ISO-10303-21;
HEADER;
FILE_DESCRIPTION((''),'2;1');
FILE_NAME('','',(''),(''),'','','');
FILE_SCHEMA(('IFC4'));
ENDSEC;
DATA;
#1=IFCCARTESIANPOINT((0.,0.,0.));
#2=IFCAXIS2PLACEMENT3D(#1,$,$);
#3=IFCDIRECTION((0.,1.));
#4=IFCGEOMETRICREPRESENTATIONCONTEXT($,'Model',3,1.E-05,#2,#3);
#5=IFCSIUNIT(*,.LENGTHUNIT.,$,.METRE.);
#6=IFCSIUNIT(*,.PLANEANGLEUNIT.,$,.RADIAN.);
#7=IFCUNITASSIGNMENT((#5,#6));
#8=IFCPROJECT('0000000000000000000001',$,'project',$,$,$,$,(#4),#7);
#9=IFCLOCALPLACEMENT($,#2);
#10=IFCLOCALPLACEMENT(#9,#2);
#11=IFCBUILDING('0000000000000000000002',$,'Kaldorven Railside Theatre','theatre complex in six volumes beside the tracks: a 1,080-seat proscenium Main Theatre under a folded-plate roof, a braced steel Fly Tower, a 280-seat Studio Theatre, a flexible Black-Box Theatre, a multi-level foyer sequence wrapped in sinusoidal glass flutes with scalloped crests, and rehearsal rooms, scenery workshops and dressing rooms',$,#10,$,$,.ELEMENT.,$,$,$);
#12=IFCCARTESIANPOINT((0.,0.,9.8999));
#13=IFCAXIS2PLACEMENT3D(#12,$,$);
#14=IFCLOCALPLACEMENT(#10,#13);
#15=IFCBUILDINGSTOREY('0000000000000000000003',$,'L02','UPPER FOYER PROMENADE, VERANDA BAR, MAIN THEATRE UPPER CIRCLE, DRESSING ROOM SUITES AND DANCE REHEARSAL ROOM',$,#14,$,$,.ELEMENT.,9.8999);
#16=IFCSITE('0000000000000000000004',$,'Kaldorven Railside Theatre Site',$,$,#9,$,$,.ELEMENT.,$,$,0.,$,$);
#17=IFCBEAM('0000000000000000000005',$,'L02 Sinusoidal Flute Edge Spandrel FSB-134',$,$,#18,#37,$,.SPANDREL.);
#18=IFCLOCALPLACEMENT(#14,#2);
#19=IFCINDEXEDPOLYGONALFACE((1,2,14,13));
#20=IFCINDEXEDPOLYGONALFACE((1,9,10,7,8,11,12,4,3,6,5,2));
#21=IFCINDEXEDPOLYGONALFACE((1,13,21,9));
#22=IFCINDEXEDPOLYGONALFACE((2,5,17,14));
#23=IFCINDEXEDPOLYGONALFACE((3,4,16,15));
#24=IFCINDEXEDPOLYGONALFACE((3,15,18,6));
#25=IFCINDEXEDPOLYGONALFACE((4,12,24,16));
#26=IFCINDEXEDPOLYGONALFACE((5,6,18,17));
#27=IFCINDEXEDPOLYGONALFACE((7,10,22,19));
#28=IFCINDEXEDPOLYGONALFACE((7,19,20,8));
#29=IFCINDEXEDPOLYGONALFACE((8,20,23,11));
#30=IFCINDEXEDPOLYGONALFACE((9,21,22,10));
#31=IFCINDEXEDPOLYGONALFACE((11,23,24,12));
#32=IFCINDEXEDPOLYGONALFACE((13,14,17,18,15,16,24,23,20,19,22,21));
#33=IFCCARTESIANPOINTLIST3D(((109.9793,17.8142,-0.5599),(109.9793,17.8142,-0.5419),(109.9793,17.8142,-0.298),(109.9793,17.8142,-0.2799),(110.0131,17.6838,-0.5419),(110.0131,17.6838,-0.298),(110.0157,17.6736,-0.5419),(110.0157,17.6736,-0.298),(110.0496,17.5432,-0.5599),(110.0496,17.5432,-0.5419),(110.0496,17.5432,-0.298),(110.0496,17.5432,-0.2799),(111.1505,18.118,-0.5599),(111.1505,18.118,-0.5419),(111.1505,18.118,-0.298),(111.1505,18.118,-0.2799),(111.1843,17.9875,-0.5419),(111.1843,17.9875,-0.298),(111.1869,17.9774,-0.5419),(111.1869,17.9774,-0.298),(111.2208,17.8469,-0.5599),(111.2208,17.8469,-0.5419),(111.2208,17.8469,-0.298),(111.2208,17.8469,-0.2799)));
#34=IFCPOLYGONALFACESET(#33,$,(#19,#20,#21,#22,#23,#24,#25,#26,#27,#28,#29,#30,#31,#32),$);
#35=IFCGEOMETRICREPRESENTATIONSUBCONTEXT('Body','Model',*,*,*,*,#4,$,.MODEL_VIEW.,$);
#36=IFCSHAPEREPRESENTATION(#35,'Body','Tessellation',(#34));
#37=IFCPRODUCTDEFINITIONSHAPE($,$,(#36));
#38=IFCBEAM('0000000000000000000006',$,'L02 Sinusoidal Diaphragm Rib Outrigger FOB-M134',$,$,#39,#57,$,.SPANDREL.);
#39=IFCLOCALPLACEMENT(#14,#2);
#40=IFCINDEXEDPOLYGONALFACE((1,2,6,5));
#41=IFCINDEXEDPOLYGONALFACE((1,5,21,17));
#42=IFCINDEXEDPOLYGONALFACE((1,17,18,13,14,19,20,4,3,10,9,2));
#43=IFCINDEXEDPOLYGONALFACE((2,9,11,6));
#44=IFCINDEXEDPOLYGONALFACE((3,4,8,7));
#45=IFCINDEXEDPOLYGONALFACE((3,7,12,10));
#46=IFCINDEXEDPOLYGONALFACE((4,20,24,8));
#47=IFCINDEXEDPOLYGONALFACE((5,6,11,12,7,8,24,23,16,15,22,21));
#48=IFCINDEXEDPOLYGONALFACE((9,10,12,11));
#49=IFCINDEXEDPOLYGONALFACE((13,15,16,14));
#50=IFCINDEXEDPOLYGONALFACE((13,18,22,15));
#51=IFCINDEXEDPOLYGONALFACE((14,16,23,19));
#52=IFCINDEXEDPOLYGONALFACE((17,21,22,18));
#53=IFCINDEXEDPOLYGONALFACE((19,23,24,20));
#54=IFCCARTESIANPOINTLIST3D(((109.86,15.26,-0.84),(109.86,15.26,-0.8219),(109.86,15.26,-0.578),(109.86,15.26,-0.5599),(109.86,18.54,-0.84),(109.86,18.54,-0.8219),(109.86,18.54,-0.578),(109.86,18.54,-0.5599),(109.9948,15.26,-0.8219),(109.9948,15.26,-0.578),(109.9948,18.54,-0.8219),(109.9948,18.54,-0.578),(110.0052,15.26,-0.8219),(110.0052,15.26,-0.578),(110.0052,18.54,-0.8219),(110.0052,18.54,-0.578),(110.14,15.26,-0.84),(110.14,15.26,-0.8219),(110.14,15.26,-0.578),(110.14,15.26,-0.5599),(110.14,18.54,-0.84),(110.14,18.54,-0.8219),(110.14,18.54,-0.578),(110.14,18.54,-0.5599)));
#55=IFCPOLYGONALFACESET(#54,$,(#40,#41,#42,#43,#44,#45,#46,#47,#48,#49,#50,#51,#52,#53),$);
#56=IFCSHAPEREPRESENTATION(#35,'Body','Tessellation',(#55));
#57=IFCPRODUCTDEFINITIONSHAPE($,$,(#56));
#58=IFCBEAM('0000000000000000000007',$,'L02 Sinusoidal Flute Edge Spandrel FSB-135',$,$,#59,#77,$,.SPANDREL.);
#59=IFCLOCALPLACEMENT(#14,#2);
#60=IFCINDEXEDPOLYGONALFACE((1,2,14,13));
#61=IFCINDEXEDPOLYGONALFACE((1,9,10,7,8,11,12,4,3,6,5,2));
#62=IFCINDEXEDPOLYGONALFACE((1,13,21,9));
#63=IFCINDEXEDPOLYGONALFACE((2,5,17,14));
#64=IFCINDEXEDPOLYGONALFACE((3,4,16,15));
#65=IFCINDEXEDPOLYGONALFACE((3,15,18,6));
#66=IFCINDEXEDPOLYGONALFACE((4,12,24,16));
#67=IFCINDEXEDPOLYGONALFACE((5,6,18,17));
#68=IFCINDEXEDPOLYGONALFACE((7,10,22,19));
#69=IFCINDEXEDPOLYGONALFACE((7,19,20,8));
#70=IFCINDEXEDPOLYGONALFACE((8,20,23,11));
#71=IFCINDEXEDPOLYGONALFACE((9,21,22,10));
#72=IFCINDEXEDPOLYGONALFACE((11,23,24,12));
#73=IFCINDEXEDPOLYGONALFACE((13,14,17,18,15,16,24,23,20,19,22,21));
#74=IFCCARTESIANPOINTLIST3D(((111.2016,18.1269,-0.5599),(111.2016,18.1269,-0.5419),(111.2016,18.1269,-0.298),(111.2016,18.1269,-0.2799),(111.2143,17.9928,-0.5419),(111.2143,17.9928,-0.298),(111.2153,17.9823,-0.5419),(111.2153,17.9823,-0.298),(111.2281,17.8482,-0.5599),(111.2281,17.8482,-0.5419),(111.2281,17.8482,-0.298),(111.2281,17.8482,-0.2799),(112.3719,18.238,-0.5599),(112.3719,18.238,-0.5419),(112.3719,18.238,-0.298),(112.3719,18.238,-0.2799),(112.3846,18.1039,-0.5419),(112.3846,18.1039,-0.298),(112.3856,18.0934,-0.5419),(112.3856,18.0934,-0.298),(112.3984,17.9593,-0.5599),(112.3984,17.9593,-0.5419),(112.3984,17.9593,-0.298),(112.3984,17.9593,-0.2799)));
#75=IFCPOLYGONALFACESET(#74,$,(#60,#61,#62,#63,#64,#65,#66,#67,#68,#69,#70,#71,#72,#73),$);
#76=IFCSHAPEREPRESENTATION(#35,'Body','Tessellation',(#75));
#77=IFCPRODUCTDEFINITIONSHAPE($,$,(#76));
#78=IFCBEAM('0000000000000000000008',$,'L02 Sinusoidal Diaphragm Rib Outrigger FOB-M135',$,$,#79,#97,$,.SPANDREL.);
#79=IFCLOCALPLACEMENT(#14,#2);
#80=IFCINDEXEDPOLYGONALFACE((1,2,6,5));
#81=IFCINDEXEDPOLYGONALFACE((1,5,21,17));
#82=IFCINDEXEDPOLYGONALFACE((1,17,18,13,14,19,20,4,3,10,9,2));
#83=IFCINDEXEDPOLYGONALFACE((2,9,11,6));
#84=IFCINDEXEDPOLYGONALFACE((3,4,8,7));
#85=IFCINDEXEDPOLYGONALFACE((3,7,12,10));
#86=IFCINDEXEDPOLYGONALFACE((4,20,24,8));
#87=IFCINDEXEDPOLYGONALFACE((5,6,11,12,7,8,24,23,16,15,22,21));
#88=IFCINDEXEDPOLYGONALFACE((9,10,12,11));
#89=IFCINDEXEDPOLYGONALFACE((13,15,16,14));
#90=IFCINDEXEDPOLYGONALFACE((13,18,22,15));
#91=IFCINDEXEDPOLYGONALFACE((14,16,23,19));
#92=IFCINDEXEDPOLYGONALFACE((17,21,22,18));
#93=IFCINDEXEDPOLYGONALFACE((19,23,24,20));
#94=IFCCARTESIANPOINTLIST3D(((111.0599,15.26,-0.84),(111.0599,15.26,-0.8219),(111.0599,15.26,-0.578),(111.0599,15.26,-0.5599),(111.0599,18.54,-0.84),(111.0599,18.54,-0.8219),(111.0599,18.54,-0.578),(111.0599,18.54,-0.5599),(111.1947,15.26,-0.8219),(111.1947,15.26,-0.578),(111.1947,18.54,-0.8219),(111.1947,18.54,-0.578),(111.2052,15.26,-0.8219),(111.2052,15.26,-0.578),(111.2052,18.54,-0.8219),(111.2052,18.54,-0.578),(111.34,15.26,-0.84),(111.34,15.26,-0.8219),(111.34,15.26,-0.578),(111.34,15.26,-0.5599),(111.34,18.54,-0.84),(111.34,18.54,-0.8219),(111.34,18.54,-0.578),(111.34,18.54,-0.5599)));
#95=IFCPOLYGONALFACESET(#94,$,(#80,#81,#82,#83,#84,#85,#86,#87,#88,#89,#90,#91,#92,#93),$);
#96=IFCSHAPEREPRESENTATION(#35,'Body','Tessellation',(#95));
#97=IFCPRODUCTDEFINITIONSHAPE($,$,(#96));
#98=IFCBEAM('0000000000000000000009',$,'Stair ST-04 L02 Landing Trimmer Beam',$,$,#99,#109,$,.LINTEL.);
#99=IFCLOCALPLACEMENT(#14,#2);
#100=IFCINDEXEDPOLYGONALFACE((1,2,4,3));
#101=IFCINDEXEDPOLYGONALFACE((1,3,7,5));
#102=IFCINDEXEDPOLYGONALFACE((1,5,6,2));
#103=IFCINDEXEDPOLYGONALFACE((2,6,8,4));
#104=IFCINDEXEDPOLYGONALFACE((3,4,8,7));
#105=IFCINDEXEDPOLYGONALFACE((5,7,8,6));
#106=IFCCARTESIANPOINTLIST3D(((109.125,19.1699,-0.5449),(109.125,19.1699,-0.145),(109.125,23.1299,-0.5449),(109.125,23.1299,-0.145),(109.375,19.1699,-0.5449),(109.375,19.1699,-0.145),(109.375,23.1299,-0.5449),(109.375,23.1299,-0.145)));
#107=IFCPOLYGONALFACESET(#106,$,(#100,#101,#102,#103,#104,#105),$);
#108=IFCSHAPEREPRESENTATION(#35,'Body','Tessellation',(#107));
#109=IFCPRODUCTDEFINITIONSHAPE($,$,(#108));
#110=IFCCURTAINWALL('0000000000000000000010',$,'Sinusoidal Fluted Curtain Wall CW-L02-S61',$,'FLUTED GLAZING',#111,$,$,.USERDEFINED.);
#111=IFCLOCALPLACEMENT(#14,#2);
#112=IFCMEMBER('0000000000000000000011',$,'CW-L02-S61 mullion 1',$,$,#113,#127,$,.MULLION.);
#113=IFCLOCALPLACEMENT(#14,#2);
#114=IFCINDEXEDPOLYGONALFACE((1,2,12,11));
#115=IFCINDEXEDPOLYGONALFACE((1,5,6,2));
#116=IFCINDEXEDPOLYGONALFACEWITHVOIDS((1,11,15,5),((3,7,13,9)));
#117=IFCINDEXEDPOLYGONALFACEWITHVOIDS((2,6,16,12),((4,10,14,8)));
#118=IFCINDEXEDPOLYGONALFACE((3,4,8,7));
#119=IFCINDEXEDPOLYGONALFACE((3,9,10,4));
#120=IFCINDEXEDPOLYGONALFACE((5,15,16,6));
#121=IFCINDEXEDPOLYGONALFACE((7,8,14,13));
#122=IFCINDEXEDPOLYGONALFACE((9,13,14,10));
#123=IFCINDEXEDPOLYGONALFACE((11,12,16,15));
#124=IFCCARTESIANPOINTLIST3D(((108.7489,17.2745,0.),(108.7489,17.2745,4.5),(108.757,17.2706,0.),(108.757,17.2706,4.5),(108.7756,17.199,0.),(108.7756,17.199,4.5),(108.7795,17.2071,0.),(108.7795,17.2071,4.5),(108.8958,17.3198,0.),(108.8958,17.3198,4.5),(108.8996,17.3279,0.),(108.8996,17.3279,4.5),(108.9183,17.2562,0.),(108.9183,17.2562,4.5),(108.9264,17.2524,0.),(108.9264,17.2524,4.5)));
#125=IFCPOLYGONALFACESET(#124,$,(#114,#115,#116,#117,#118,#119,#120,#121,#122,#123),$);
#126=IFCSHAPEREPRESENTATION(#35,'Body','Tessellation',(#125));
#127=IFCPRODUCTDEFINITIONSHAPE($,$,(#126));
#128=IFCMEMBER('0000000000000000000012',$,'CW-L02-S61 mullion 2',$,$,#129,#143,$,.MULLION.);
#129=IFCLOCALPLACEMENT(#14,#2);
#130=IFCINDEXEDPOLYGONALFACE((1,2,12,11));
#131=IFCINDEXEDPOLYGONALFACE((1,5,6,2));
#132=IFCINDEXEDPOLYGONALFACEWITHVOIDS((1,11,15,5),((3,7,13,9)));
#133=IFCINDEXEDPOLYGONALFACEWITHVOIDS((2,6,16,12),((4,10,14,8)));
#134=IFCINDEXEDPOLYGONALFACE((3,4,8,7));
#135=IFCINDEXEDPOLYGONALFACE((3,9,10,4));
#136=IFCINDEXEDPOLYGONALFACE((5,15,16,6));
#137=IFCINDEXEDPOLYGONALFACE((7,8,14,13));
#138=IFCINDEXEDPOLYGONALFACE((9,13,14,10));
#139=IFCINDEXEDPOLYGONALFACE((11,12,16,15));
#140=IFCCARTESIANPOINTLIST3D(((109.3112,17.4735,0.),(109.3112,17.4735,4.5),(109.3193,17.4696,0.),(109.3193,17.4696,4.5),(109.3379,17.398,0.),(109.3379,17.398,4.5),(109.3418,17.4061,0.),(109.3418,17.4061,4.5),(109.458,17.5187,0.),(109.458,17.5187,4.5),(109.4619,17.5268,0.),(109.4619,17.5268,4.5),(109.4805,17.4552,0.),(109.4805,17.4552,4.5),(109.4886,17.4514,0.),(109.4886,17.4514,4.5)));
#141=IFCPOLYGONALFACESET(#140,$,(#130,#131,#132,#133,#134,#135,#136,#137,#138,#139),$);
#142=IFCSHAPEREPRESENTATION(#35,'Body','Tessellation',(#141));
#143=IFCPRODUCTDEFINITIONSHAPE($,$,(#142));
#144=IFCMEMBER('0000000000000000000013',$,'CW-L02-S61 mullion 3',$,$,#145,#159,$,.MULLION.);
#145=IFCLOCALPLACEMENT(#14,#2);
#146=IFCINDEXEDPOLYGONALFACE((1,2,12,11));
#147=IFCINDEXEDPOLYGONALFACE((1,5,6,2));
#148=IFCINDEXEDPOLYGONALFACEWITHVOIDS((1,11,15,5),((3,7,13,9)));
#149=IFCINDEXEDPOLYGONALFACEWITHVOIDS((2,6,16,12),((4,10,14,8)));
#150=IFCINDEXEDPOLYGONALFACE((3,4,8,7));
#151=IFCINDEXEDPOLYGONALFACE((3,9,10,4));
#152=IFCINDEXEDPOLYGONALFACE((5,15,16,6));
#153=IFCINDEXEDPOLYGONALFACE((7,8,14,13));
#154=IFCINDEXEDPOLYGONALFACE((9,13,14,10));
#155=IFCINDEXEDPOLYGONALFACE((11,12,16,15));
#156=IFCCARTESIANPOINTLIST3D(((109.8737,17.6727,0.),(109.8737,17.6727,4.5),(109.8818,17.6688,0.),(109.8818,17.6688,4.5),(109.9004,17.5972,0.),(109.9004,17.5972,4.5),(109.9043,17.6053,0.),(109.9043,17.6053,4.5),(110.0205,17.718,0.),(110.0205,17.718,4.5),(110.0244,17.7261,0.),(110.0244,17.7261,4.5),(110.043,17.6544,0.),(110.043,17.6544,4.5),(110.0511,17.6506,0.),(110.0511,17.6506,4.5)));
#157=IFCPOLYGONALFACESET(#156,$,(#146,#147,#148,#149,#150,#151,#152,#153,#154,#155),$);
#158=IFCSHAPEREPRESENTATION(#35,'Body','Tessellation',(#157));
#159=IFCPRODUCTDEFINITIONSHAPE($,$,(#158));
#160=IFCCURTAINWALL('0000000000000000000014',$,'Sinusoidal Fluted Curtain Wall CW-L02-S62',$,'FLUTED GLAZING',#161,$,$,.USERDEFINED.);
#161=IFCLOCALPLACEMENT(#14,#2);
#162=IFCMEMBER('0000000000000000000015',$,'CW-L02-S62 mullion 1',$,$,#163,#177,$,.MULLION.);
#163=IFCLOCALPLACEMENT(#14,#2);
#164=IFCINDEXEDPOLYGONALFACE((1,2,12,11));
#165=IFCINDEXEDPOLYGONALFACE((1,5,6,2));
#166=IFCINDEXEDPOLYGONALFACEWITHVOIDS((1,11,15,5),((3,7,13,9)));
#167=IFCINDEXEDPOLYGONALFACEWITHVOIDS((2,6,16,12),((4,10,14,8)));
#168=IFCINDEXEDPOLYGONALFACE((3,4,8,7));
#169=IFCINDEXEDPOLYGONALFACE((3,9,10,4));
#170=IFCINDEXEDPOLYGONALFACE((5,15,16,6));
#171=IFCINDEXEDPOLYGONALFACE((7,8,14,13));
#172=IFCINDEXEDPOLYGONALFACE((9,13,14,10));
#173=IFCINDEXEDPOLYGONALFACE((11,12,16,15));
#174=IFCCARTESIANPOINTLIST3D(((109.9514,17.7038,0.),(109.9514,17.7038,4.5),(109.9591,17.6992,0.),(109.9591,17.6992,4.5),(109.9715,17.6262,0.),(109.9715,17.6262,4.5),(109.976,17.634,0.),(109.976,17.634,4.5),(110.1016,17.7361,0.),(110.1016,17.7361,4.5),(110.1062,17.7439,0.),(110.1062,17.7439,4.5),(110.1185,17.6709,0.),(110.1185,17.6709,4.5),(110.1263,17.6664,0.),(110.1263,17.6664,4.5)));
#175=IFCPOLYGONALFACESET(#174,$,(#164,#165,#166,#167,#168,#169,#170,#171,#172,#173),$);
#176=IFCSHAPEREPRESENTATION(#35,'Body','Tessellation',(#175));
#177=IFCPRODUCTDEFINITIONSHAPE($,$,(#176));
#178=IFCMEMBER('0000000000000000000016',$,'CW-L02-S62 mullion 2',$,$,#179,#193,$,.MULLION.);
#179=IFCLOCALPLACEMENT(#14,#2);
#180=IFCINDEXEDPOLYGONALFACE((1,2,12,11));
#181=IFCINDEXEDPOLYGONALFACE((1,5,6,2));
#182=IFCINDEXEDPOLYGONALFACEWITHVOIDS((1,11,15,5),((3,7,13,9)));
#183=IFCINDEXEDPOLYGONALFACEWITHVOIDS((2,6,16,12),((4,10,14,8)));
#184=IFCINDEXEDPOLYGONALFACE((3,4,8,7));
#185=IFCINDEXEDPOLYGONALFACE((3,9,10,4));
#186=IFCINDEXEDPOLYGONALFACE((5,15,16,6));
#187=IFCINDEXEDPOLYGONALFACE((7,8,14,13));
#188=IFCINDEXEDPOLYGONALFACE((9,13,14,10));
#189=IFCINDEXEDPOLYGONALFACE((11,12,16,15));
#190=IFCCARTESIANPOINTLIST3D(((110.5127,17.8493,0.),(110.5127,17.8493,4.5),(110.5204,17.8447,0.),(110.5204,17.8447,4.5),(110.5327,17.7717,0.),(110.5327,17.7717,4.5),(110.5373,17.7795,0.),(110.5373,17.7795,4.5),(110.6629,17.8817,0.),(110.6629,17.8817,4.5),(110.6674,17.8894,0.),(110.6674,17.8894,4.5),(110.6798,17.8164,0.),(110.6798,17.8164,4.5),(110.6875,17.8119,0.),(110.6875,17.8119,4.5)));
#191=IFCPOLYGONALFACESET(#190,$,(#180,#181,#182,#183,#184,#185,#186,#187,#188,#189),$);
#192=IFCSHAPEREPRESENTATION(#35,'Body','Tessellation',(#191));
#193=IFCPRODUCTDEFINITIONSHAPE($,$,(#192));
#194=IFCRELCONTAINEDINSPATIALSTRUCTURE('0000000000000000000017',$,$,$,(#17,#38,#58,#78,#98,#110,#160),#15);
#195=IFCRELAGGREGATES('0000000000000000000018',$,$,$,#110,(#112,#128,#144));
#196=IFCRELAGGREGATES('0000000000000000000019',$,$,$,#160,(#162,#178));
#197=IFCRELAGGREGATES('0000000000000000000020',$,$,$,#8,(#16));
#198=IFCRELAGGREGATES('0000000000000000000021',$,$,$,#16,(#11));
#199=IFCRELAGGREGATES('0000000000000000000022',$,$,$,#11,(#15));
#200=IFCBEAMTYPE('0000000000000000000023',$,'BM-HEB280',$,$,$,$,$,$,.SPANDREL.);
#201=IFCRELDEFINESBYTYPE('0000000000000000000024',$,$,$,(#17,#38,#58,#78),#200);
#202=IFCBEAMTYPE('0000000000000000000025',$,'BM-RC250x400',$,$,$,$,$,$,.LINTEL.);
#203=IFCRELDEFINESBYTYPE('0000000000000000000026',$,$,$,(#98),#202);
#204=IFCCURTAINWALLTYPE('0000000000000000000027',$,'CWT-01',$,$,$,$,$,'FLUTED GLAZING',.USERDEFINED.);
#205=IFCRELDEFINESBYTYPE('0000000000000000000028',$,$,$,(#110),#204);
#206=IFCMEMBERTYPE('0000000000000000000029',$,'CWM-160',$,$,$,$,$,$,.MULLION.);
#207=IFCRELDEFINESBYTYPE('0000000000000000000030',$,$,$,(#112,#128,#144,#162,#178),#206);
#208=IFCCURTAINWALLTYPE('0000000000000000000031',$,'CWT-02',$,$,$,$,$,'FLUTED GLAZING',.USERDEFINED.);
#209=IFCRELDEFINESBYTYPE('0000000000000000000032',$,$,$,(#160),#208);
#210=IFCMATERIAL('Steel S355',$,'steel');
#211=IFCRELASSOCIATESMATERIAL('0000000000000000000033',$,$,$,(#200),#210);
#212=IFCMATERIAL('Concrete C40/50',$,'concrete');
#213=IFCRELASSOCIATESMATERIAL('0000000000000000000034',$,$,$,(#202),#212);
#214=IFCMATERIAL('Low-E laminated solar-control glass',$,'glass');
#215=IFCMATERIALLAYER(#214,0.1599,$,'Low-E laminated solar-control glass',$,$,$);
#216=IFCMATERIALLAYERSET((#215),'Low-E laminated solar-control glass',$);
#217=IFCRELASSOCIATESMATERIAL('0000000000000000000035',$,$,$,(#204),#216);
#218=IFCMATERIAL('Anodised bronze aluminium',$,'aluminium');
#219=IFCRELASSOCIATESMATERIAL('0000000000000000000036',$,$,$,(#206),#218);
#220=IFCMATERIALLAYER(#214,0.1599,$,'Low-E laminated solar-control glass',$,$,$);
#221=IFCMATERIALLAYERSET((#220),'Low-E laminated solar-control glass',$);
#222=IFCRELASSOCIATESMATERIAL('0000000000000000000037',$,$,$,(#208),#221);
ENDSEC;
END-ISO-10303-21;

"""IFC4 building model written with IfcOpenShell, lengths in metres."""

from ifc_helpers import new_model, si_unit, direction, frame, origin, origin_2d, place, context, subcontext, project, spatial, rectangle, hollow_rectangle, i_section, extrude, material, layer, layer_set, material_profile, profile_set, type_object, element, aggregate, save


model = new_model("IFC4")

# Units and contexts
model_context = context("Model", 3, precision=1e-05, world=origin(), true_north=direction((0.0, 1.0)))
body_context = subcontext(model_context, "Body", "Model", "MODEL_VIEW")
ifc_project = project(units=[si_unit("LENGTHUNIT", "METRE"), si_unit("PLANEANGLEUNIT", "RADIAN")], contexts=[model_context])

# Site, building, storey
site_placement = place(None, origin())
site = spatial("IfcSite", under=ifc_project, at=site_placement, Name="Kaldorven Railside Theatre Site", CompositionType="ELEMENT", RefElevation=0.0)
building_placement = place(site_placement, origin())
building = spatial("IfcBuilding", under=site, at=building_placement, Name="Kaldorven Railside Theatre", Description="theatre complex in six volumes beside the tracks: a 1,080-seat proscenium Main Theatre under a folded-plate roof, a braced steel Fly Tower, a 280-seat Studio Theatre, a flexible Black-Box Theatre, a multi-level foyer sequence wrapped in sinusoidal glass flutes with scalloped crests, and rehearsal rooms, scenery workshops and dressing rooms", CompositionType="ELEMENT")
storey_placement = place(building_placement, frame((0.0, 0.0, 9.8999)))
storey = spatial("IfcBuildingStorey", under=building, at=storey_placement, Name="L02", Description="UPPER FOYER PROMENADE, VERANDA BAR, MAIN THEATRE UPPER CIRCLE, DRESSING ROOM SUITES AND DANCE REHEARSAL ROOM", CompositionType="ELEMENT", Elevation=9.8999)

# Beams
ifc_material_1 = material(Name="Steel S355", Category="steel")
ifc_material_profile_1 = material_profile(ifc_material_1, i_section(OverallWidth=0.28, OverallDepth=0.28, WebThickness=0.0105, FlangeThickness=0.0181, at=origin_2d()), Name="HEB 280")
ifc_profile_set_1 = profile_set([ifc_material_profile_1], Name="Steel S355")
beam_type_1 = type_object("IfcBeamType", Name="BM-HEB280", PredefinedType="SPANDREL", material=ifc_profile_set_1)
beam_1_placement = place(storey_placement, frame((110.0144, 17.6787, -0.4199), z_axis=(0.967981, 0.251025, 0.0), x_axis=(-0.251025, 0.967981, 0.0)))
element("IfcBeam", 1, at=beam_1_placement, inside=storey, type_object=beam_type_1, Name="L02 Sinusoidal Flute Edge Spandrel FSB-134", PredefinedType="SPANDREL", context=body_context, shape_type="SweptSolid", body=[
    extrude(i_section(OverallWidth=0.28, OverallDepth=0.28, WebThickness=0.0105, FlangeThickness=0.0181, at=origin_2d()), origin(), (0.0, 0.0, 1.0), 1.21),
])
beam_2_placement = place(storey_placement, frame((110.0, 15.26, -0.7), z_axis=(0.0, 1.0, 0.0), x_axis=(-1.0, 0.0, 0.0)))
element("IfcBeam", 2, at=beam_2_placement, inside=storey, type_object=beam_type_1, Name="L02 Sinusoidal Diaphragm Rib Outrigger FOB-M134", PredefinedType="SPANDREL", context=body_context, shape_type="SweptSolid", body=[
    extrude(i_section(OverallWidth=0.28, OverallDepth=0.28, WebThickness=0.0105, FlangeThickness=0.0181, at=origin_2d()), origin(), (0.0, 0.0, 1.0), 3.28),
])
beam_3_placement = place(storey_placement, frame((111.2148, 17.9875, -0.4199), z_axis=(0.995524, 0.094505, 0.0), x_axis=(-0.094505, 0.995524, 0.0)))
element("IfcBeam", 3, at=beam_3_placement, inside=storey, type_object=beam_type_1, Name="L02 Sinusoidal Flute Edge Spandrel FSB-135", PredefinedType="SPANDREL", context=body_context, shape_type="SweptSolid", body=[
    extrude(i_section(OverallWidth=0.28, OverallDepth=0.28, WebThickness=0.0105, FlangeThickness=0.0181, at=origin_2d()), origin(), (0.0, 0.0, 1.0), 1.1755),
])
beam_4_placement = place(storey_placement, frame((111.2, 15.26, -0.7), z_axis=(0.0, 1.0, 0.0), x_axis=(-1.0, 0.0, 0.0)))
element("IfcBeam", 4, at=beam_4_placement, inside=storey, type_object=beam_type_1, Name="L02 Sinusoidal Diaphragm Rib Outrigger FOB-M135", PredefinedType="SPANDREL", context=body_context, shape_type="SweptSolid", body=[
    extrude(i_section(OverallWidth=0.28, OverallDepth=0.28, WebThickness=0.0105, FlangeThickness=0.0181, at=origin_2d()), origin(), (0.0, 0.0, 1.0), 3.28),
])
ifc_material_2 = material(Name="Concrete C40/50", Category="concrete")
ifc_material_profile_2 = material_profile(ifc_material_2, rectangle(XDim=0.25, YDim=0.3999, at=origin_2d()), Name="RC 250x400")
ifc_profile_set_2 = profile_set([ifc_material_profile_2], Name="Concrete C40/50")
beam_type_2 = type_object("IfcBeamType", Name="BM-RC250x400", PredefinedType="LINTEL", material=ifc_profile_set_2)
beam_5_placement = place(storey_placement, frame((109.25, 19.1699, -0.345), z_axis=(0.0, 1.0, 0.0), x_axis=(-1.0, 0.0, 0.0)))
element("IfcBeam", 5, at=beam_5_placement, inside=storey, type_object=beam_type_2, Name="Stair ST-04 L02 Landing Trimmer Beam", PredefinedType="LINTEL", context=body_context, shape_type="SweptSolid", body=[
    extrude(rectangle(XDim=0.25, YDim=0.3999, at=origin_2d()), origin(), (0.0, 0.0, 1.0), 3.96),
])

# Curtain walls, members
ifc_material_3 = material(Name="Low-E laminated solar-control glass", Category="glass")
ifc_layer_1 = layer(ifc_material_3, 0.1599, Name="Low-E laminated solar-control glass")
ifc_layer_set_1 = layer_set([ifc_layer_1], Name="Low-E laminated solar-control glass")
curtain_wall_type_1 = type_object("IfcCurtainWallType", Name="CWT-01", ElementType="FLUTED GLAZING", PredefinedType="USERDEFINED", material=ifc_layer_set_1)
curtain_wall_1_placement = place(storey_placement, origin())
curtain_wall_1 = element("IfcCurtainWall", 6, at=curtain_wall_1_placement, inside=storey, type_object=curtain_wall_type_1, Name="Sinusoidal Fluted Curtain Wall CW-L02-S61", ObjectType="FLUTED GLAZING", PredefinedType="USERDEFINED")
ifc_material_4 = material(Name="Anodised bronze aluminium", Category="aluminium")
ifc_material_profile_3 = material_profile(ifc_material_4, hollow_rectangle(XDim=0.0801, YDim=0.1599, WallThickness=0.0063, at=origin_2d()), Name="RHS 160x80x6.3")
ifc_profile_set_3 = profile_set([ifc_material_profile_3], Name="Anodised bronze aluminium")
member_type_1 = type_object("IfcMemberType", Name="CWM-160", PredefinedType="MULLION", material=ifc_profile_set_3)
member_1_placement = place(storey_placement, frame((108.8376, 17.2634, 0.0), z_axis=(0.0, 0.0, 1.0), x_axis=(-0.333847, 0.942627, 0.0)))
member_1 = element("IfcMember", 7, at=member_1_placement, type_object=member_type_1, Name="CW-L02-S61 mullion 1", PredefinedType="MULLION", context=body_context, shape_type="SweptSolid", body=[
    extrude(hollow_rectangle(XDim=0.0801, YDim=0.1599, WallThickness=0.0063, at=origin_2d()), origin(), (0.0, 0.0, 1.0), 4.5),
])
member_2_placement = place(storey_placement, frame((109.3999, 17.4624, 0.0), z_axis=(0.0, 0.0, 1.0), x_axis=(-0.333847, 0.942627, 0.0)))
member_2 = element("IfcMember", 8, at=member_2_placement, type_object=member_type_1, Name="CW-L02-S61 mullion 2", PredefinedType="MULLION", context=body_context, shape_type="SweptSolid", body=[
    extrude(hollow_rectangle(XDim=0.0801, YDim=0.1599, WallThickness=0.0063, at=origin_2d()), origin(), (0.0, 0.0, 1.0), 4.5),
])
member_3_placement = place(storey_placement, frame((109.9624, 17.6616, 0.0), z_axis=(0.0, 0.0, 1.0), x_axis=(-0.333847, 0.942627, 0.0)))
member_3 = element("IfcMember", 9, at=member_3_placement, type_object=member_type_1, Name="CW-L02-S61 mullion 3", PredefinedType="MULLION", context=body_context, shape_type="SweptSolid", body=[
    extrude(hollow_rectangle(XDim=0.0801, YDim=0.1599, WallThickness=0.0063, at=origin_2d()), origin(), (0.0, 0.0, 1.0), 4.5),
])
ifc_layer_2 = layer(ifc_material_3, 0.1599, Name="Low-E laminated solar-control glass")
ifc_layer_set_2 = layer_set([ifc_layer_2], Name="Low-E laminated solar-control glass")
curtain_wall_type_2 = type_object("IfcCurtainWallType", Name="CWT-02", ElementType="FLUTED GLAZING", PredefinedType="USERDEFINED", material=ifc_layer_set_2)
curtain_wall_2_placement = place(storey_placement, origin())
curtain_wall_2 = element("IfcCurtainWall", 10, at=curtain_wall_2_placement, inside=storey, type_object=curtain_wall_type_2, Name="Sinusoidal Fluted Curtain Wall CW-L02-S62", ObjectType="FLUTED GLAZING", PredefinedType="USERDEFINED")
member_4_placement = place(storey_placement, frame((110.0388, 17.6851, 0.0), z_axis=(0.0, 0.0, 1.0), x_axis=(-0.250954, 0.967999, 0.0)))
member_4 = element("IfcMember", 11, at=member_4_placement, type_object=member_type_1, Name="CW-L02-S62 mullion 1", PredefinedType="MULLION", context=body_context, shape_type="SweptSolid", body=[
    extrude(hollow_rectangle(XDim=0.0801, YDim=0.1599, WallThickness=0.0063, at=origin_2d()), origin(), (0.0, 0.0, 1.0), 4.5),
])
member_5_placement = place(storey_placement, frame((110.6001, 17.8306, 0.0), z_axis=(0.0, 0.0, 1.0), x_axis=(-0.250954, 0.967999, 0.0)))
member_5 = element("IfcMember", 12, at=member_5_placement, type_object=member_type_1, Name="CW-L02-S62 mullion 2", PredefinedType="MULLION", context=body_context, shape_type="SweptSolid", body=[
    extrude(hollow_rectangle(XDim=0.0801, YDim=0.1599, WallThickness=0.0063, at=origin_2d()), origin(), (0.0, 0.0, 1.0), 4.5),
])

aggregate(curtain_wall_1, [member_1, member_2, member_3])
aggregate(curtain_wall_2, [member_4, member_5])

save(model, "model.ifc")
